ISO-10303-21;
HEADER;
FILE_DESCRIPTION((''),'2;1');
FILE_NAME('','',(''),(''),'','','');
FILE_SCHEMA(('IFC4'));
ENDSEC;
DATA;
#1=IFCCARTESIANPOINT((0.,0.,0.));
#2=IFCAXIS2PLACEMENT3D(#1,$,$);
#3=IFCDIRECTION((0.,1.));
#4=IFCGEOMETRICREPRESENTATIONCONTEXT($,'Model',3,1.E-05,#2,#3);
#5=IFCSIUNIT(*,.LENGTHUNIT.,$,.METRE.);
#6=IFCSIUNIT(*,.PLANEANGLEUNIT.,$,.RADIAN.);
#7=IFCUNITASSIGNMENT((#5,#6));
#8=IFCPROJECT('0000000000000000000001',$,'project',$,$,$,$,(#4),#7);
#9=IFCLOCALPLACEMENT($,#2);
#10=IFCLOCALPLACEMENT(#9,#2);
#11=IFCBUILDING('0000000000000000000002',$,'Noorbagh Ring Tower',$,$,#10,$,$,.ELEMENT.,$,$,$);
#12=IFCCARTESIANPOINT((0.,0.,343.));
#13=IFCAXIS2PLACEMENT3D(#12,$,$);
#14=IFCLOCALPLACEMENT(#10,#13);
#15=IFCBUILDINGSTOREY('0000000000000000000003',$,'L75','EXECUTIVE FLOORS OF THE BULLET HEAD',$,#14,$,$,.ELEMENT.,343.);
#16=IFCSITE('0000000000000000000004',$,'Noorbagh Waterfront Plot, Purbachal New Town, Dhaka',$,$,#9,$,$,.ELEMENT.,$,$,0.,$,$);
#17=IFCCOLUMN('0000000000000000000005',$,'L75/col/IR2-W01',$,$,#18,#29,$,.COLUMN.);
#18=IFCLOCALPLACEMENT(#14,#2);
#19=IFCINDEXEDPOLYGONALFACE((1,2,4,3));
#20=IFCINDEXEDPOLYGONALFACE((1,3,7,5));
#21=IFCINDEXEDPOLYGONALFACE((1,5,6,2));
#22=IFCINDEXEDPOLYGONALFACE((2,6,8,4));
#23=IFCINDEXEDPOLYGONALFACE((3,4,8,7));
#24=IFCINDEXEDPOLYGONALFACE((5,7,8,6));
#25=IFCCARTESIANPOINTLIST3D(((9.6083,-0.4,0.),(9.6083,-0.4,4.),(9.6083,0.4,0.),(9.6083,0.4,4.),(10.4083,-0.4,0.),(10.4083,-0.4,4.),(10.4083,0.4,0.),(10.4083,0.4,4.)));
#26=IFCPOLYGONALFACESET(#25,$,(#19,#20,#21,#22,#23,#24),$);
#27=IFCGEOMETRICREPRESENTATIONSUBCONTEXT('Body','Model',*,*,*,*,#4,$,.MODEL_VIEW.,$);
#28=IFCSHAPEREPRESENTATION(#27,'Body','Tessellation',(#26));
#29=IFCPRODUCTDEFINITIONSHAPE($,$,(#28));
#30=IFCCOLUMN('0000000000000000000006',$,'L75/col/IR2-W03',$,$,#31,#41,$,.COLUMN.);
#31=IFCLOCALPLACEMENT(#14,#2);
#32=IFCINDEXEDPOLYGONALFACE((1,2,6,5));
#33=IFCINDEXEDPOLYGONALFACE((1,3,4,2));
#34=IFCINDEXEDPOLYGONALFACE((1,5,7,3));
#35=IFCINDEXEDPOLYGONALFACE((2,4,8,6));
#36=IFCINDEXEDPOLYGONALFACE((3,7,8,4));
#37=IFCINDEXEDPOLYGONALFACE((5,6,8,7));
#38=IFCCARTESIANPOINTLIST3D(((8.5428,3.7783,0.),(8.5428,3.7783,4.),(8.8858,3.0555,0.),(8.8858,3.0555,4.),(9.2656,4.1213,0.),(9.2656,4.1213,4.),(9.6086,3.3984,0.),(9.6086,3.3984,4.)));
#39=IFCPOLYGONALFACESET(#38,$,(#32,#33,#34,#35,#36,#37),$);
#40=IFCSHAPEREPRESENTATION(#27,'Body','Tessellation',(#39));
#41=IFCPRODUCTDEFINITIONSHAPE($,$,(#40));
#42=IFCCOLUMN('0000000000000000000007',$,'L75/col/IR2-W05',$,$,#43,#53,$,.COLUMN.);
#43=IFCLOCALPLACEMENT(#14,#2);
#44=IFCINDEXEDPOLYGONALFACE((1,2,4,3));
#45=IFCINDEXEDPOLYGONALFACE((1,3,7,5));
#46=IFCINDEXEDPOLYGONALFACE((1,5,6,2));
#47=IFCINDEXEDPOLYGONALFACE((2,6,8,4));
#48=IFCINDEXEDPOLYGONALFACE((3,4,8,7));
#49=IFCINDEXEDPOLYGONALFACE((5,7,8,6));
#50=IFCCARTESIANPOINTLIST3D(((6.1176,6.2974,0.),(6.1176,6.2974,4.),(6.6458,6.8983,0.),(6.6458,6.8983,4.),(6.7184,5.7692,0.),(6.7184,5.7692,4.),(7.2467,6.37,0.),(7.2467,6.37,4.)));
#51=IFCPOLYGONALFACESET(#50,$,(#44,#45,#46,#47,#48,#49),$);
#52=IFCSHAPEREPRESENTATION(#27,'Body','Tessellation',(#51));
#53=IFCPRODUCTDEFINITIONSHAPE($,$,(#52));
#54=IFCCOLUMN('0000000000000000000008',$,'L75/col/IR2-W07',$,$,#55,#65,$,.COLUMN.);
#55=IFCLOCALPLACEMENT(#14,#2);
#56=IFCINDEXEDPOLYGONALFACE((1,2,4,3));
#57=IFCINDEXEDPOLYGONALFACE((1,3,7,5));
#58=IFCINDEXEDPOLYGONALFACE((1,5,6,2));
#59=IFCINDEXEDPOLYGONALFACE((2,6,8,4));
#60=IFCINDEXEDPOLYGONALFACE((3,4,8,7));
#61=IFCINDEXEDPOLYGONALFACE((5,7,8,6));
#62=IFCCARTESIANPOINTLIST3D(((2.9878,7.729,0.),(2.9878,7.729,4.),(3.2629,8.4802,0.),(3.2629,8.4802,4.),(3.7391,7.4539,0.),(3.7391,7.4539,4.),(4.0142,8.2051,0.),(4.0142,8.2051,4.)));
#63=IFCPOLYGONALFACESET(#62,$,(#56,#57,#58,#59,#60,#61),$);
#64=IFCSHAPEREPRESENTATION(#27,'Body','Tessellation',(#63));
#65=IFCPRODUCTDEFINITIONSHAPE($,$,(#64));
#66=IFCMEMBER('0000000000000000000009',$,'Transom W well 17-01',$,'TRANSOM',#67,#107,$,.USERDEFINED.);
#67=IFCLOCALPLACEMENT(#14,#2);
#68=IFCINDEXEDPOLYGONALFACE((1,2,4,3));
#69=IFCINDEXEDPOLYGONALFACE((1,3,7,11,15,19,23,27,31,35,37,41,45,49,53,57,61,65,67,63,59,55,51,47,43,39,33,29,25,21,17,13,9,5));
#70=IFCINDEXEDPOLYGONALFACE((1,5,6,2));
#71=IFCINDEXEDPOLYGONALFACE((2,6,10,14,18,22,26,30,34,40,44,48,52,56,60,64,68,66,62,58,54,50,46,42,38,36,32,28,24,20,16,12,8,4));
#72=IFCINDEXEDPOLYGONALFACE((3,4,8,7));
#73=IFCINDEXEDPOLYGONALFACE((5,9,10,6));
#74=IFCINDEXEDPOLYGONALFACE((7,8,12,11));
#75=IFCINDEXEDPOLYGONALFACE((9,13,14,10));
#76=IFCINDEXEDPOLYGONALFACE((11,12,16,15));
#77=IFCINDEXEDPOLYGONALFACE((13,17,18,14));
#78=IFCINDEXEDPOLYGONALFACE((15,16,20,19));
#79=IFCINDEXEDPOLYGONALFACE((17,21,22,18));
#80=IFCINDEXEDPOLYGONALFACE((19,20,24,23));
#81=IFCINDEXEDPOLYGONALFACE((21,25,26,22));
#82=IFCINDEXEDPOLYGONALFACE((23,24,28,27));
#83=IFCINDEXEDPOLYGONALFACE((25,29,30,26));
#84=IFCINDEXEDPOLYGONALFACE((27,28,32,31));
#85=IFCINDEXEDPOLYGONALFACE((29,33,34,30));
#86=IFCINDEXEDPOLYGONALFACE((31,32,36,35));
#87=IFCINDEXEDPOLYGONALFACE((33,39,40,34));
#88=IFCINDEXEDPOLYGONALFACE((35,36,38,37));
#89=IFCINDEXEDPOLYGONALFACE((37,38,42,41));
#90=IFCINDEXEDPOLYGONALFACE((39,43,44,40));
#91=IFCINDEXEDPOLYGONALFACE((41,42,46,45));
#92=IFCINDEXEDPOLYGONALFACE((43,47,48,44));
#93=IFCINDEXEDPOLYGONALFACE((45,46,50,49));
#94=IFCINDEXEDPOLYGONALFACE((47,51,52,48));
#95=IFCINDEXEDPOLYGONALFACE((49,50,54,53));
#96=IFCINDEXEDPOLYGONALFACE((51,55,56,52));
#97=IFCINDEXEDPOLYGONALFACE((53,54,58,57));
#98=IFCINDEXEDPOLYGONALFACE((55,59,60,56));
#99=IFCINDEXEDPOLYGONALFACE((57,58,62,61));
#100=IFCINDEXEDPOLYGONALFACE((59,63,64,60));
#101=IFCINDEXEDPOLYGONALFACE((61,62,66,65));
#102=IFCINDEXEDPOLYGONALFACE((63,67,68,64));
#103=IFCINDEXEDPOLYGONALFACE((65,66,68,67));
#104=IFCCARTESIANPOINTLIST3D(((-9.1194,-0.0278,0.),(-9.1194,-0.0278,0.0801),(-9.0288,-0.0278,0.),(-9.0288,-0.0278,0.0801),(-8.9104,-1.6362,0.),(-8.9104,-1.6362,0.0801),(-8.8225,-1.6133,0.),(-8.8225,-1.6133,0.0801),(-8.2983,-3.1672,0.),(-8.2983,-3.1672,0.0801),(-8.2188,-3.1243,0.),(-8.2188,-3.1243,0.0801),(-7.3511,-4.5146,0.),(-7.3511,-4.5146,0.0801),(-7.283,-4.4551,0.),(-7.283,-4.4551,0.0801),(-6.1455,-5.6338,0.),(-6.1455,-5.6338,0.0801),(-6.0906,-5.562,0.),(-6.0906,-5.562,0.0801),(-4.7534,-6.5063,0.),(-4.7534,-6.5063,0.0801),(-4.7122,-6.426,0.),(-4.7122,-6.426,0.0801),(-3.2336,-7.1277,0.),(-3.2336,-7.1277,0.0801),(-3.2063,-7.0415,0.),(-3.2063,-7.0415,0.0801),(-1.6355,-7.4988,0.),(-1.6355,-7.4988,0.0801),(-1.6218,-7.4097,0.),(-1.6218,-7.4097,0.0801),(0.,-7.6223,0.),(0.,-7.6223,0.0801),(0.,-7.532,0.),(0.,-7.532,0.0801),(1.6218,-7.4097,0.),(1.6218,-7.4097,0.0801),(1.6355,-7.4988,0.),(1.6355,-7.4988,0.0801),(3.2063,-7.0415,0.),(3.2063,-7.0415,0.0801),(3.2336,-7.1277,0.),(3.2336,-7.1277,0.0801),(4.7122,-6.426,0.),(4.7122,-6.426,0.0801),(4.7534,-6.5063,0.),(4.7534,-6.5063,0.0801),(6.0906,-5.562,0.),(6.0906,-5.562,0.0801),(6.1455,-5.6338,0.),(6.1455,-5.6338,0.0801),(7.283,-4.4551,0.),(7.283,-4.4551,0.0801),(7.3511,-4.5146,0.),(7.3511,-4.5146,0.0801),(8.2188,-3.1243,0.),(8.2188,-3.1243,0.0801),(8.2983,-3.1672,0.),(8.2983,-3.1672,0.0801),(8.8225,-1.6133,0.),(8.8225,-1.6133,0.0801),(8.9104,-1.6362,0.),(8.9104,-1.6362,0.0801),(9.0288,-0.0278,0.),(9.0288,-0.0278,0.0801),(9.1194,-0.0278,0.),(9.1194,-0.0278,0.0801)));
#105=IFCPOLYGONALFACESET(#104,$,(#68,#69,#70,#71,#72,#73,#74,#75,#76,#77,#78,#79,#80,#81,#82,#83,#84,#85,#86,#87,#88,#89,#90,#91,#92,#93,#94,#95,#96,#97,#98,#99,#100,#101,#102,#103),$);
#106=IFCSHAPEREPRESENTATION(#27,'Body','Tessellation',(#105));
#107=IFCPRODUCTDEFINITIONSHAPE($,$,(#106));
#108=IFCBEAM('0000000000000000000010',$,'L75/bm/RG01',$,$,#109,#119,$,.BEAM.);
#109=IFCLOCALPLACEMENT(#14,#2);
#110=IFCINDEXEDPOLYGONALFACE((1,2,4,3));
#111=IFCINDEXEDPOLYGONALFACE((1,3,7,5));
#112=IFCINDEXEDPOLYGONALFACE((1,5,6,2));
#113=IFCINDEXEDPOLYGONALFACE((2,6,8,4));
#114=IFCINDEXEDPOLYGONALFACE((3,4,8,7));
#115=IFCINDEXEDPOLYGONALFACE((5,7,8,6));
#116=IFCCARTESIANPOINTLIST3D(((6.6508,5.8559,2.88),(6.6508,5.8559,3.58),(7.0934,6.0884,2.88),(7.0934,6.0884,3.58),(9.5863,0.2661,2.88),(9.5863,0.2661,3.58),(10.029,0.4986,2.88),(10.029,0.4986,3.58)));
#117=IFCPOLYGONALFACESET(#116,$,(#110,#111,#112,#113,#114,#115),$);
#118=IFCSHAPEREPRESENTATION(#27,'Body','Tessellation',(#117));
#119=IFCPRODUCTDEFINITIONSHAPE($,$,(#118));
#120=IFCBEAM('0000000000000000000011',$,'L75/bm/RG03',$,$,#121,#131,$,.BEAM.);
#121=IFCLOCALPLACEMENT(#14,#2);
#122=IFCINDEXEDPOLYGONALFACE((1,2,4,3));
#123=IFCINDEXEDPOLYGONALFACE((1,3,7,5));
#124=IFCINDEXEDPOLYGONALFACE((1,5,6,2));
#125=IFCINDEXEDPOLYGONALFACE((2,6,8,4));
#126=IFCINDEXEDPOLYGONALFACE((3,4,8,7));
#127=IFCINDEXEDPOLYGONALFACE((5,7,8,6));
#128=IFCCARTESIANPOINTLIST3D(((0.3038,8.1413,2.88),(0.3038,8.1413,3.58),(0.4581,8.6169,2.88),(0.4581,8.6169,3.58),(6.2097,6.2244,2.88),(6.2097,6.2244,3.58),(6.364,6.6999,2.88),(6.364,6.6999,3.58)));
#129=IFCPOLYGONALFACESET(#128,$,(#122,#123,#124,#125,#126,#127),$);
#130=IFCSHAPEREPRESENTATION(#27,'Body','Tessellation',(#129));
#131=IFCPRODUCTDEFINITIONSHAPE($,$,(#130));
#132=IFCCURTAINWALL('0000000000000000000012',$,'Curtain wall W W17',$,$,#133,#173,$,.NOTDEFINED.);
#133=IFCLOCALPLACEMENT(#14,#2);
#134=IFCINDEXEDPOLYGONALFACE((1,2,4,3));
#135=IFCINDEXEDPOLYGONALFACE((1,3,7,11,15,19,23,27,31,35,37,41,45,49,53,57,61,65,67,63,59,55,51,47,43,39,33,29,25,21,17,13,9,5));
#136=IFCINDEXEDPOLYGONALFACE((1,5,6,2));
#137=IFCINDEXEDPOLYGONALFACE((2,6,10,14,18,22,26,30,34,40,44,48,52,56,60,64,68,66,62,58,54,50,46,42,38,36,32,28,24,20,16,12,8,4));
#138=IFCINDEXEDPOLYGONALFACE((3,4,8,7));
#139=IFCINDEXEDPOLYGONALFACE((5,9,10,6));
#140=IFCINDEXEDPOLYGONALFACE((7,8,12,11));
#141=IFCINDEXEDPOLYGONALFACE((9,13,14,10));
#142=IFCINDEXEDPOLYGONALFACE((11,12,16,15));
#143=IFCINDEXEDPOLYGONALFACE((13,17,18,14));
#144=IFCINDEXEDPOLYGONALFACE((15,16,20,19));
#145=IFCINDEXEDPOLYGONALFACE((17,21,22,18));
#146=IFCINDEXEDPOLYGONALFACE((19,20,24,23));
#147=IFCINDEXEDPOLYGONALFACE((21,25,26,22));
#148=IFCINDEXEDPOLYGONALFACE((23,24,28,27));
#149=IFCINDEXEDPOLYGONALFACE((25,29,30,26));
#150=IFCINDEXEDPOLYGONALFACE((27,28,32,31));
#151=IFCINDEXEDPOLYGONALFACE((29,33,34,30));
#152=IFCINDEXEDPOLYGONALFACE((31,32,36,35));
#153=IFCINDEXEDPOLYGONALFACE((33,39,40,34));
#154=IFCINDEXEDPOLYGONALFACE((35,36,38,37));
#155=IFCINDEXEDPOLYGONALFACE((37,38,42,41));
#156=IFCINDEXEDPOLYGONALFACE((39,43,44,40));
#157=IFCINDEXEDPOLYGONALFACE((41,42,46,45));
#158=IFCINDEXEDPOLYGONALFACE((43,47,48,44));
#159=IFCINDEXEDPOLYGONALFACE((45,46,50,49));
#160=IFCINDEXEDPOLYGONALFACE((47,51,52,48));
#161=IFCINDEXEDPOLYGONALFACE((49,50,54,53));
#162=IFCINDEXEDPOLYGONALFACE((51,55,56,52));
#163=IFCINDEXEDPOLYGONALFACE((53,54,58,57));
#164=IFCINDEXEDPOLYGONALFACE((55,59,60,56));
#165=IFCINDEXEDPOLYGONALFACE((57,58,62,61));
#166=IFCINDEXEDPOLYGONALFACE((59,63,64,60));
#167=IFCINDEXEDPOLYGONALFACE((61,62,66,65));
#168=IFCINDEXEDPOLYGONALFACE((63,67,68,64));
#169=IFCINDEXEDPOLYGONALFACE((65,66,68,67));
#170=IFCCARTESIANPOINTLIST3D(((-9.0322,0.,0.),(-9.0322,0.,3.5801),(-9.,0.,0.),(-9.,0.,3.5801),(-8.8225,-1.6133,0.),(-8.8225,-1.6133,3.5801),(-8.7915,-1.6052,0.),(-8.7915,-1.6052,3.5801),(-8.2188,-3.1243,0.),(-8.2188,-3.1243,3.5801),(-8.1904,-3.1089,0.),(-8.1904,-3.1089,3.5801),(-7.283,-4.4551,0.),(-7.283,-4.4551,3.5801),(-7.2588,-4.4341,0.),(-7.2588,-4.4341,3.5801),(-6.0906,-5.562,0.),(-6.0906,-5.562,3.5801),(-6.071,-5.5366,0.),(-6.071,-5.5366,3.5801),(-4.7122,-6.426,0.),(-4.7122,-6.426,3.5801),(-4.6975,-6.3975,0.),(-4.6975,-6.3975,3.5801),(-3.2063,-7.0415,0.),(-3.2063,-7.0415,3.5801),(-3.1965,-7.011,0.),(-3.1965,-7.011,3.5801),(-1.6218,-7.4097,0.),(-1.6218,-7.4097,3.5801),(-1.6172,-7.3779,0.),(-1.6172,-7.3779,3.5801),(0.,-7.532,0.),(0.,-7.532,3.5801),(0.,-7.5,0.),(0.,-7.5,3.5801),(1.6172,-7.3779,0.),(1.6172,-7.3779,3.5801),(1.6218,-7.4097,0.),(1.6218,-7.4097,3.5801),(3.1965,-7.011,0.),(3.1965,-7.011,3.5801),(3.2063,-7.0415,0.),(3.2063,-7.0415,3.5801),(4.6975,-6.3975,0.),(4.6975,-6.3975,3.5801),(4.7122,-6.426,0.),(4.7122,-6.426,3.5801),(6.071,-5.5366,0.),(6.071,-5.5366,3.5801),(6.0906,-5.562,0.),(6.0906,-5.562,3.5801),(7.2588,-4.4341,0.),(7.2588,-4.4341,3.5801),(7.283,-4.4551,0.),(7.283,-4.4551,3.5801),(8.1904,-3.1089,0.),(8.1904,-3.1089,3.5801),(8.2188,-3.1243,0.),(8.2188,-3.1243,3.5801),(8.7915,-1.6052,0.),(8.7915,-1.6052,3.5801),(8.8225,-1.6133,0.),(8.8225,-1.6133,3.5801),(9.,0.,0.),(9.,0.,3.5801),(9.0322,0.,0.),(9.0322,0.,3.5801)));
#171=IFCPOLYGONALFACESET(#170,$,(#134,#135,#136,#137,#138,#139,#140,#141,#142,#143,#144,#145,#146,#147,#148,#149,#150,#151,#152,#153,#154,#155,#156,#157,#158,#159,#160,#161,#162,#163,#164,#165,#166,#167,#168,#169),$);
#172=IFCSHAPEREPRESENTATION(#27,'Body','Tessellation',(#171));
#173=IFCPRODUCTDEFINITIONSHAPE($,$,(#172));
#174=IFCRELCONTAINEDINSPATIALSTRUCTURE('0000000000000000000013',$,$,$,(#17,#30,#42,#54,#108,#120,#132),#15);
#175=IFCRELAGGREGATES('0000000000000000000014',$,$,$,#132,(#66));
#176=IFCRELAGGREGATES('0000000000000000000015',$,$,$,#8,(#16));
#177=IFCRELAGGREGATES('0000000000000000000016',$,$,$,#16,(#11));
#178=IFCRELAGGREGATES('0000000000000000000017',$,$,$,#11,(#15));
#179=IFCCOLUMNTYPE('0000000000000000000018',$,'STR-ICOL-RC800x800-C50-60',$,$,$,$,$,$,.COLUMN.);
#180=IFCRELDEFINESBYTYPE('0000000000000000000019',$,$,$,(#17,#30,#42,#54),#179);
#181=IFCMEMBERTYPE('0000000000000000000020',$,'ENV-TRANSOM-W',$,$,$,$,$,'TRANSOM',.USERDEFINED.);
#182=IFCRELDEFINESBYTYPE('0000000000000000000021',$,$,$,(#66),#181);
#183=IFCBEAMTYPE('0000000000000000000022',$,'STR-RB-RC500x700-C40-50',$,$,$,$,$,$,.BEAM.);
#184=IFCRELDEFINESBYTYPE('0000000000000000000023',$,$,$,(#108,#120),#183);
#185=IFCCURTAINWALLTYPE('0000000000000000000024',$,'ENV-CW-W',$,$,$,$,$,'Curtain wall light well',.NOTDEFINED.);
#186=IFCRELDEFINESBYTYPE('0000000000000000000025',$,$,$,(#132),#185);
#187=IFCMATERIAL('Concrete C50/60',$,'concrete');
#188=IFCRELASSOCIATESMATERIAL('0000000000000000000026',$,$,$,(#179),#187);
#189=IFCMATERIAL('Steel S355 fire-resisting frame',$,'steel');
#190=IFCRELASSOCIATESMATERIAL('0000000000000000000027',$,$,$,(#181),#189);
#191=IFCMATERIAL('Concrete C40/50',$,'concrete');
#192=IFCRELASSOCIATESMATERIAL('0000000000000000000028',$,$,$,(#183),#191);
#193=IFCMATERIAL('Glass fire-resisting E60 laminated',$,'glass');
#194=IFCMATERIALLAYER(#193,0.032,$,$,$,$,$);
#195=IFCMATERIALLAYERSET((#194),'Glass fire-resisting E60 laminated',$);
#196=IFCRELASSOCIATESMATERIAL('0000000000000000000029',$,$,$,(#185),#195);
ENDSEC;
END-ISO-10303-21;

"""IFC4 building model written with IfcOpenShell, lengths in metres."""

from ifc_helpers import new_model, si_unit, direction, frame, origin, origin_2d, place, context, subcontext, project, spatial, polyline, rectangle, outline, extrude, material, layer, layer_set, material_profile, profile_set, type_object, element, aggregate, save


model = new_model("IFC4")

# Units and contexts
model_context = context("Model", 3, precision=1e-05, world=origin(), true_north=direction((0.0, 1.0)))
body_context = subcontext(model_context, "Body", "Model", "MODEL_VIEW")
ifc_project = project(units=[si_unit("LENGTHUNIT", "METRE"), si_unit("PLANEANGLEUNIT", "RADIAN")], contexts=[model_context])

# Site, building, storey
site_placement = place(None, origin())
site = spatial("IfcSite", under=ifc_project, at=site_placement, Name="Noorbagh Waterfront Plot, Purbachal New Town, Dhaka", CompositionType="ELEMENT", RefElevation=0.0)
building_placement = place(site_placement, origin())
building = spatial("IfcBuilding", under=site, at=building_placement, Name="Noorbagh Ring Tower", CompositionType="ELEMENT")
storey_placement = place(building_placement, frame((0.0, 0.0, 343.0)))
storey = spatial("IfcBuildingStorey", under=building, at=storey_placement, Name="L75", Description="EXECUTIVE FLOORS OF THE BULLET HEAD", CompositionType="ELEMENT", Elevation=343.0)

# Columns
ifc_material_1 = material(Name="Concrete C50/60", Category="concrete")
ifc_material_profile_1 = material_profile(ifc_material_1, rectangle(XDim=0.8, YDim=0.8, at=origin_2d()), Name="RC800x800")
ifc_profile_set_1 = profile_set([ifc_material_profile_1], Name="Concrete C50/60")
column_type = type_object("IfcColumnType", Name="STR-ICOL-RC800x800-C50-60", PredefinedType="COLUMN", material=ifc_profile_set_1)
for number, where, z_axis, x_axis, name in (
    (1, (10.0083, 0.0, 0.0), (0.0, 0.0, 1.0), (0.0, 1.0, 0.0), "L75/col/IR2-W01"),
    (2, (9.0757, 3.5884, 0.0), (0.0, 0.0, 1.0), (-0.428667, 0.903463, 0.0), "L75/col/IR2-W03"),
    (3, (6.6821, 6.3337, 0.0), (0.0, 0.0, 1.0), (-0.751022, 0.660277, 0.0), "L75/col/IR2-W05"),
    (4, (3.501, 7.967, 0.0), (0.0, 0.0, 1.0), (-0.93902, 0.343864, 0.0), "L75/col/IR2-W07"),
):
    element("IfcColumn", number, at=place(storey_placement, frame(where, z_axis=z_axis, x_axis=x_axis)), inside=storey, type_object=column_type, Name=name, PredefinedType="COLUMN", context=body_context, shape_type="SweptSolid", body=[
        extrude(rectangle(XDim=0.8, YDim=0.8, at=origin_2d()), origin(), (0.0, 0.0, 1.0), 4.0),
    ])

# Member
ifc_material_2 = material(Name="Steel S355 fire-resisting frame", Category="steel")
member_type = type_object("IfcMemberType", Name="ENV-TRANSOM-W", ElementType="TRANSOM", PredefinedType="USERDEFINED", material=ifc_material_2)
member_placement = place(storey_placement, origin())
member = element("IfcMember", 5, at=member_placement, type_object=member_type, Name="Transom W well 17-01", ObjectType="TRANSOM", PredefinedType="USERDEFINED", context=body_context, shape_type="SweptSolid", body=[
    extrude(outline(polyline([(-9.1194, -0.0278), (-8.9104, -1.6362), (-8.2983, -3.1672), (-7.3511, -4.5146), (-6.1455, -5.6338), (-4.7534, -6.5063), (-3.2336, -7.1277), (-1.6355, -7.4988), (0.0, -7.6223), (1.6355, -7.4988), (3.2336, -7.1277), (4.7534, -6.5063), (6.1455, -5.6338), (7.3511, -4.5146), (8.2983, -3.1672), (8.9104, -1.6362), (9.1194, -0.0278), (9.0288, -0.0278), (8.8225, -1.6133), (8.2188, -3.1243), (7.283, -4.4551), (6.0906, -5.562), (4.7122, -6.426), (3.2063, -7.0415), (1.6218, -7.4097), (0.0, -7.532), (-1.6218, -7.4097), (-3.2063, -7.0415), (-4.7122, -6.426), (-6.0906, -5.562), (-7.283, -4.4551), (-8.2188, -3.1243), (-8.8225, -1.6133), (-9.0288, -0.0278), (-9.1194, -0.0278)])), origin(), (0.0, 0.0, 1.0), 0.0801),
])

# Beams
ifc_material_3 = material(Name="Concrete C40/50", Category="concrete")
ifc_material_profile_2 = material_profile(ifc_material_3, rectangle(XDim=0.5, YDim=0.7, at=origin_2d()), Name="RC500x700")
ifc_profile_set_2 = profile_set([ifc_material_profile_2], Name="Concrete C40/50")
beam_type = type_object("IfcBeamType", Name="STR-RB-RC500x700-C40-50", PredefinedType="BEAM", material=ifc_profile_set_2)
beam_1_placement = place(storey_placement, frame((9.8076, 0.3823, 3.23), z_axis=(-0.464943, 0.885341, 0.0), x_axis=(-0.885341, -0.464943, 0.0)))
element("IfcBeam", 6, at=beam_1_placement, inside=storey, type_object=beam_type, Name="L75/bm/RG01", PredefinedType="BEAM", context=body_context, shape_type="SweptSolid", body=[
    extrude(rectangle(XDim=0.5, YDim=0.7, at=origin_2d()), origin(), (0.0, 0.0, 1.0), 6.3137),
])
beam_2_placement = place(storey_placement, frame((6.2869, 6.4622, 3.23), z_axis=(-0.95115, 0.308728, 0.0), x_axis=(-0.308728, -0.95115, 0.0)))
element("IfcBeam", 7, at=beam_2_placement, inside=storey, type_object=beam_type, Name="L75/bm/RG03", PredefinedType="BEAM", context=body_context, shape_type="SweptSolid", body=[
    extrude(rectangle(XDim=0.5, YDim=0.7, at=origin_2d()), origin(), (0.0, 0.0, 1.0), 6.2092),
])

# Curtain wall
ifc_material_4 = material(Name="Glass fire-resisting E60 laminated", Category="glass")
ifc_layer_1 = layer(ifc_material_4, 0.032)
ifc_layer_set_1 = layer_set([ifc_layer_1], Name="Glass fire-resisting E60 laminated")
curtain_wall_type = type_object("IfcCurtainWallType", Name="ENV-CW-W", ElementType="Curtain wall light well", PredefinedType="NOTDEFINED", material=ifc_layer_set_1)
curtain_wall_placement = place(storey_placement, origin())
curtain_wall = element("IfcCurtainWall", 8, at=curtain_wall_placement, inside=storey, type_object=curtain_wall_type, Name="Curtain wall W W17", PredefinedType="NOTDEFINED", context=body_context, shape_type="SweptSolid", body=[
    extrude(outline(polyline([(-9.0322, 0.0), (-8.8225, -1.6133), (-8.2188, -3.1243), (-7.283, -4.4551), (-6.0906, -5.562), (-4.7122, -6.426), (-3.2063, -7.0415), (-1.6218, -7.4097), (0.0, -7.532), (1.6218, -7.4097), (3.2063, -7.0415), (4.7122, -6.426), (6.0906, -5.562), (7.283, -4.4551), (8.2188, -3.1243), (8.8225, -1.6133), (9.0322, 0.0), (9.0, 0.0), (8.7915, -1.6052), (8.1904, -3.1089), (7.2588, -4.4341), (6.071, -5.5366), (4.6975, -6.3975), (3.1965, -7.011), (1.6172, -7.3779), (0.0, -7.5), (-1.6172, -7.3779), (-3.1965, -7.011), (-4.6975, -6.3975), (-6.071, -5.5366), (-7.2588, -4.4341), (-8.1904, -3.1089), (-8.7915, -1.6052), (-9.0, 0.0), (-9.0322, 0.0)])), origin(), (0.0, 0.0, 1.0), 3.5801),
])
aggregate(curtain_wall, [member])

save(model, "model.ifc")
